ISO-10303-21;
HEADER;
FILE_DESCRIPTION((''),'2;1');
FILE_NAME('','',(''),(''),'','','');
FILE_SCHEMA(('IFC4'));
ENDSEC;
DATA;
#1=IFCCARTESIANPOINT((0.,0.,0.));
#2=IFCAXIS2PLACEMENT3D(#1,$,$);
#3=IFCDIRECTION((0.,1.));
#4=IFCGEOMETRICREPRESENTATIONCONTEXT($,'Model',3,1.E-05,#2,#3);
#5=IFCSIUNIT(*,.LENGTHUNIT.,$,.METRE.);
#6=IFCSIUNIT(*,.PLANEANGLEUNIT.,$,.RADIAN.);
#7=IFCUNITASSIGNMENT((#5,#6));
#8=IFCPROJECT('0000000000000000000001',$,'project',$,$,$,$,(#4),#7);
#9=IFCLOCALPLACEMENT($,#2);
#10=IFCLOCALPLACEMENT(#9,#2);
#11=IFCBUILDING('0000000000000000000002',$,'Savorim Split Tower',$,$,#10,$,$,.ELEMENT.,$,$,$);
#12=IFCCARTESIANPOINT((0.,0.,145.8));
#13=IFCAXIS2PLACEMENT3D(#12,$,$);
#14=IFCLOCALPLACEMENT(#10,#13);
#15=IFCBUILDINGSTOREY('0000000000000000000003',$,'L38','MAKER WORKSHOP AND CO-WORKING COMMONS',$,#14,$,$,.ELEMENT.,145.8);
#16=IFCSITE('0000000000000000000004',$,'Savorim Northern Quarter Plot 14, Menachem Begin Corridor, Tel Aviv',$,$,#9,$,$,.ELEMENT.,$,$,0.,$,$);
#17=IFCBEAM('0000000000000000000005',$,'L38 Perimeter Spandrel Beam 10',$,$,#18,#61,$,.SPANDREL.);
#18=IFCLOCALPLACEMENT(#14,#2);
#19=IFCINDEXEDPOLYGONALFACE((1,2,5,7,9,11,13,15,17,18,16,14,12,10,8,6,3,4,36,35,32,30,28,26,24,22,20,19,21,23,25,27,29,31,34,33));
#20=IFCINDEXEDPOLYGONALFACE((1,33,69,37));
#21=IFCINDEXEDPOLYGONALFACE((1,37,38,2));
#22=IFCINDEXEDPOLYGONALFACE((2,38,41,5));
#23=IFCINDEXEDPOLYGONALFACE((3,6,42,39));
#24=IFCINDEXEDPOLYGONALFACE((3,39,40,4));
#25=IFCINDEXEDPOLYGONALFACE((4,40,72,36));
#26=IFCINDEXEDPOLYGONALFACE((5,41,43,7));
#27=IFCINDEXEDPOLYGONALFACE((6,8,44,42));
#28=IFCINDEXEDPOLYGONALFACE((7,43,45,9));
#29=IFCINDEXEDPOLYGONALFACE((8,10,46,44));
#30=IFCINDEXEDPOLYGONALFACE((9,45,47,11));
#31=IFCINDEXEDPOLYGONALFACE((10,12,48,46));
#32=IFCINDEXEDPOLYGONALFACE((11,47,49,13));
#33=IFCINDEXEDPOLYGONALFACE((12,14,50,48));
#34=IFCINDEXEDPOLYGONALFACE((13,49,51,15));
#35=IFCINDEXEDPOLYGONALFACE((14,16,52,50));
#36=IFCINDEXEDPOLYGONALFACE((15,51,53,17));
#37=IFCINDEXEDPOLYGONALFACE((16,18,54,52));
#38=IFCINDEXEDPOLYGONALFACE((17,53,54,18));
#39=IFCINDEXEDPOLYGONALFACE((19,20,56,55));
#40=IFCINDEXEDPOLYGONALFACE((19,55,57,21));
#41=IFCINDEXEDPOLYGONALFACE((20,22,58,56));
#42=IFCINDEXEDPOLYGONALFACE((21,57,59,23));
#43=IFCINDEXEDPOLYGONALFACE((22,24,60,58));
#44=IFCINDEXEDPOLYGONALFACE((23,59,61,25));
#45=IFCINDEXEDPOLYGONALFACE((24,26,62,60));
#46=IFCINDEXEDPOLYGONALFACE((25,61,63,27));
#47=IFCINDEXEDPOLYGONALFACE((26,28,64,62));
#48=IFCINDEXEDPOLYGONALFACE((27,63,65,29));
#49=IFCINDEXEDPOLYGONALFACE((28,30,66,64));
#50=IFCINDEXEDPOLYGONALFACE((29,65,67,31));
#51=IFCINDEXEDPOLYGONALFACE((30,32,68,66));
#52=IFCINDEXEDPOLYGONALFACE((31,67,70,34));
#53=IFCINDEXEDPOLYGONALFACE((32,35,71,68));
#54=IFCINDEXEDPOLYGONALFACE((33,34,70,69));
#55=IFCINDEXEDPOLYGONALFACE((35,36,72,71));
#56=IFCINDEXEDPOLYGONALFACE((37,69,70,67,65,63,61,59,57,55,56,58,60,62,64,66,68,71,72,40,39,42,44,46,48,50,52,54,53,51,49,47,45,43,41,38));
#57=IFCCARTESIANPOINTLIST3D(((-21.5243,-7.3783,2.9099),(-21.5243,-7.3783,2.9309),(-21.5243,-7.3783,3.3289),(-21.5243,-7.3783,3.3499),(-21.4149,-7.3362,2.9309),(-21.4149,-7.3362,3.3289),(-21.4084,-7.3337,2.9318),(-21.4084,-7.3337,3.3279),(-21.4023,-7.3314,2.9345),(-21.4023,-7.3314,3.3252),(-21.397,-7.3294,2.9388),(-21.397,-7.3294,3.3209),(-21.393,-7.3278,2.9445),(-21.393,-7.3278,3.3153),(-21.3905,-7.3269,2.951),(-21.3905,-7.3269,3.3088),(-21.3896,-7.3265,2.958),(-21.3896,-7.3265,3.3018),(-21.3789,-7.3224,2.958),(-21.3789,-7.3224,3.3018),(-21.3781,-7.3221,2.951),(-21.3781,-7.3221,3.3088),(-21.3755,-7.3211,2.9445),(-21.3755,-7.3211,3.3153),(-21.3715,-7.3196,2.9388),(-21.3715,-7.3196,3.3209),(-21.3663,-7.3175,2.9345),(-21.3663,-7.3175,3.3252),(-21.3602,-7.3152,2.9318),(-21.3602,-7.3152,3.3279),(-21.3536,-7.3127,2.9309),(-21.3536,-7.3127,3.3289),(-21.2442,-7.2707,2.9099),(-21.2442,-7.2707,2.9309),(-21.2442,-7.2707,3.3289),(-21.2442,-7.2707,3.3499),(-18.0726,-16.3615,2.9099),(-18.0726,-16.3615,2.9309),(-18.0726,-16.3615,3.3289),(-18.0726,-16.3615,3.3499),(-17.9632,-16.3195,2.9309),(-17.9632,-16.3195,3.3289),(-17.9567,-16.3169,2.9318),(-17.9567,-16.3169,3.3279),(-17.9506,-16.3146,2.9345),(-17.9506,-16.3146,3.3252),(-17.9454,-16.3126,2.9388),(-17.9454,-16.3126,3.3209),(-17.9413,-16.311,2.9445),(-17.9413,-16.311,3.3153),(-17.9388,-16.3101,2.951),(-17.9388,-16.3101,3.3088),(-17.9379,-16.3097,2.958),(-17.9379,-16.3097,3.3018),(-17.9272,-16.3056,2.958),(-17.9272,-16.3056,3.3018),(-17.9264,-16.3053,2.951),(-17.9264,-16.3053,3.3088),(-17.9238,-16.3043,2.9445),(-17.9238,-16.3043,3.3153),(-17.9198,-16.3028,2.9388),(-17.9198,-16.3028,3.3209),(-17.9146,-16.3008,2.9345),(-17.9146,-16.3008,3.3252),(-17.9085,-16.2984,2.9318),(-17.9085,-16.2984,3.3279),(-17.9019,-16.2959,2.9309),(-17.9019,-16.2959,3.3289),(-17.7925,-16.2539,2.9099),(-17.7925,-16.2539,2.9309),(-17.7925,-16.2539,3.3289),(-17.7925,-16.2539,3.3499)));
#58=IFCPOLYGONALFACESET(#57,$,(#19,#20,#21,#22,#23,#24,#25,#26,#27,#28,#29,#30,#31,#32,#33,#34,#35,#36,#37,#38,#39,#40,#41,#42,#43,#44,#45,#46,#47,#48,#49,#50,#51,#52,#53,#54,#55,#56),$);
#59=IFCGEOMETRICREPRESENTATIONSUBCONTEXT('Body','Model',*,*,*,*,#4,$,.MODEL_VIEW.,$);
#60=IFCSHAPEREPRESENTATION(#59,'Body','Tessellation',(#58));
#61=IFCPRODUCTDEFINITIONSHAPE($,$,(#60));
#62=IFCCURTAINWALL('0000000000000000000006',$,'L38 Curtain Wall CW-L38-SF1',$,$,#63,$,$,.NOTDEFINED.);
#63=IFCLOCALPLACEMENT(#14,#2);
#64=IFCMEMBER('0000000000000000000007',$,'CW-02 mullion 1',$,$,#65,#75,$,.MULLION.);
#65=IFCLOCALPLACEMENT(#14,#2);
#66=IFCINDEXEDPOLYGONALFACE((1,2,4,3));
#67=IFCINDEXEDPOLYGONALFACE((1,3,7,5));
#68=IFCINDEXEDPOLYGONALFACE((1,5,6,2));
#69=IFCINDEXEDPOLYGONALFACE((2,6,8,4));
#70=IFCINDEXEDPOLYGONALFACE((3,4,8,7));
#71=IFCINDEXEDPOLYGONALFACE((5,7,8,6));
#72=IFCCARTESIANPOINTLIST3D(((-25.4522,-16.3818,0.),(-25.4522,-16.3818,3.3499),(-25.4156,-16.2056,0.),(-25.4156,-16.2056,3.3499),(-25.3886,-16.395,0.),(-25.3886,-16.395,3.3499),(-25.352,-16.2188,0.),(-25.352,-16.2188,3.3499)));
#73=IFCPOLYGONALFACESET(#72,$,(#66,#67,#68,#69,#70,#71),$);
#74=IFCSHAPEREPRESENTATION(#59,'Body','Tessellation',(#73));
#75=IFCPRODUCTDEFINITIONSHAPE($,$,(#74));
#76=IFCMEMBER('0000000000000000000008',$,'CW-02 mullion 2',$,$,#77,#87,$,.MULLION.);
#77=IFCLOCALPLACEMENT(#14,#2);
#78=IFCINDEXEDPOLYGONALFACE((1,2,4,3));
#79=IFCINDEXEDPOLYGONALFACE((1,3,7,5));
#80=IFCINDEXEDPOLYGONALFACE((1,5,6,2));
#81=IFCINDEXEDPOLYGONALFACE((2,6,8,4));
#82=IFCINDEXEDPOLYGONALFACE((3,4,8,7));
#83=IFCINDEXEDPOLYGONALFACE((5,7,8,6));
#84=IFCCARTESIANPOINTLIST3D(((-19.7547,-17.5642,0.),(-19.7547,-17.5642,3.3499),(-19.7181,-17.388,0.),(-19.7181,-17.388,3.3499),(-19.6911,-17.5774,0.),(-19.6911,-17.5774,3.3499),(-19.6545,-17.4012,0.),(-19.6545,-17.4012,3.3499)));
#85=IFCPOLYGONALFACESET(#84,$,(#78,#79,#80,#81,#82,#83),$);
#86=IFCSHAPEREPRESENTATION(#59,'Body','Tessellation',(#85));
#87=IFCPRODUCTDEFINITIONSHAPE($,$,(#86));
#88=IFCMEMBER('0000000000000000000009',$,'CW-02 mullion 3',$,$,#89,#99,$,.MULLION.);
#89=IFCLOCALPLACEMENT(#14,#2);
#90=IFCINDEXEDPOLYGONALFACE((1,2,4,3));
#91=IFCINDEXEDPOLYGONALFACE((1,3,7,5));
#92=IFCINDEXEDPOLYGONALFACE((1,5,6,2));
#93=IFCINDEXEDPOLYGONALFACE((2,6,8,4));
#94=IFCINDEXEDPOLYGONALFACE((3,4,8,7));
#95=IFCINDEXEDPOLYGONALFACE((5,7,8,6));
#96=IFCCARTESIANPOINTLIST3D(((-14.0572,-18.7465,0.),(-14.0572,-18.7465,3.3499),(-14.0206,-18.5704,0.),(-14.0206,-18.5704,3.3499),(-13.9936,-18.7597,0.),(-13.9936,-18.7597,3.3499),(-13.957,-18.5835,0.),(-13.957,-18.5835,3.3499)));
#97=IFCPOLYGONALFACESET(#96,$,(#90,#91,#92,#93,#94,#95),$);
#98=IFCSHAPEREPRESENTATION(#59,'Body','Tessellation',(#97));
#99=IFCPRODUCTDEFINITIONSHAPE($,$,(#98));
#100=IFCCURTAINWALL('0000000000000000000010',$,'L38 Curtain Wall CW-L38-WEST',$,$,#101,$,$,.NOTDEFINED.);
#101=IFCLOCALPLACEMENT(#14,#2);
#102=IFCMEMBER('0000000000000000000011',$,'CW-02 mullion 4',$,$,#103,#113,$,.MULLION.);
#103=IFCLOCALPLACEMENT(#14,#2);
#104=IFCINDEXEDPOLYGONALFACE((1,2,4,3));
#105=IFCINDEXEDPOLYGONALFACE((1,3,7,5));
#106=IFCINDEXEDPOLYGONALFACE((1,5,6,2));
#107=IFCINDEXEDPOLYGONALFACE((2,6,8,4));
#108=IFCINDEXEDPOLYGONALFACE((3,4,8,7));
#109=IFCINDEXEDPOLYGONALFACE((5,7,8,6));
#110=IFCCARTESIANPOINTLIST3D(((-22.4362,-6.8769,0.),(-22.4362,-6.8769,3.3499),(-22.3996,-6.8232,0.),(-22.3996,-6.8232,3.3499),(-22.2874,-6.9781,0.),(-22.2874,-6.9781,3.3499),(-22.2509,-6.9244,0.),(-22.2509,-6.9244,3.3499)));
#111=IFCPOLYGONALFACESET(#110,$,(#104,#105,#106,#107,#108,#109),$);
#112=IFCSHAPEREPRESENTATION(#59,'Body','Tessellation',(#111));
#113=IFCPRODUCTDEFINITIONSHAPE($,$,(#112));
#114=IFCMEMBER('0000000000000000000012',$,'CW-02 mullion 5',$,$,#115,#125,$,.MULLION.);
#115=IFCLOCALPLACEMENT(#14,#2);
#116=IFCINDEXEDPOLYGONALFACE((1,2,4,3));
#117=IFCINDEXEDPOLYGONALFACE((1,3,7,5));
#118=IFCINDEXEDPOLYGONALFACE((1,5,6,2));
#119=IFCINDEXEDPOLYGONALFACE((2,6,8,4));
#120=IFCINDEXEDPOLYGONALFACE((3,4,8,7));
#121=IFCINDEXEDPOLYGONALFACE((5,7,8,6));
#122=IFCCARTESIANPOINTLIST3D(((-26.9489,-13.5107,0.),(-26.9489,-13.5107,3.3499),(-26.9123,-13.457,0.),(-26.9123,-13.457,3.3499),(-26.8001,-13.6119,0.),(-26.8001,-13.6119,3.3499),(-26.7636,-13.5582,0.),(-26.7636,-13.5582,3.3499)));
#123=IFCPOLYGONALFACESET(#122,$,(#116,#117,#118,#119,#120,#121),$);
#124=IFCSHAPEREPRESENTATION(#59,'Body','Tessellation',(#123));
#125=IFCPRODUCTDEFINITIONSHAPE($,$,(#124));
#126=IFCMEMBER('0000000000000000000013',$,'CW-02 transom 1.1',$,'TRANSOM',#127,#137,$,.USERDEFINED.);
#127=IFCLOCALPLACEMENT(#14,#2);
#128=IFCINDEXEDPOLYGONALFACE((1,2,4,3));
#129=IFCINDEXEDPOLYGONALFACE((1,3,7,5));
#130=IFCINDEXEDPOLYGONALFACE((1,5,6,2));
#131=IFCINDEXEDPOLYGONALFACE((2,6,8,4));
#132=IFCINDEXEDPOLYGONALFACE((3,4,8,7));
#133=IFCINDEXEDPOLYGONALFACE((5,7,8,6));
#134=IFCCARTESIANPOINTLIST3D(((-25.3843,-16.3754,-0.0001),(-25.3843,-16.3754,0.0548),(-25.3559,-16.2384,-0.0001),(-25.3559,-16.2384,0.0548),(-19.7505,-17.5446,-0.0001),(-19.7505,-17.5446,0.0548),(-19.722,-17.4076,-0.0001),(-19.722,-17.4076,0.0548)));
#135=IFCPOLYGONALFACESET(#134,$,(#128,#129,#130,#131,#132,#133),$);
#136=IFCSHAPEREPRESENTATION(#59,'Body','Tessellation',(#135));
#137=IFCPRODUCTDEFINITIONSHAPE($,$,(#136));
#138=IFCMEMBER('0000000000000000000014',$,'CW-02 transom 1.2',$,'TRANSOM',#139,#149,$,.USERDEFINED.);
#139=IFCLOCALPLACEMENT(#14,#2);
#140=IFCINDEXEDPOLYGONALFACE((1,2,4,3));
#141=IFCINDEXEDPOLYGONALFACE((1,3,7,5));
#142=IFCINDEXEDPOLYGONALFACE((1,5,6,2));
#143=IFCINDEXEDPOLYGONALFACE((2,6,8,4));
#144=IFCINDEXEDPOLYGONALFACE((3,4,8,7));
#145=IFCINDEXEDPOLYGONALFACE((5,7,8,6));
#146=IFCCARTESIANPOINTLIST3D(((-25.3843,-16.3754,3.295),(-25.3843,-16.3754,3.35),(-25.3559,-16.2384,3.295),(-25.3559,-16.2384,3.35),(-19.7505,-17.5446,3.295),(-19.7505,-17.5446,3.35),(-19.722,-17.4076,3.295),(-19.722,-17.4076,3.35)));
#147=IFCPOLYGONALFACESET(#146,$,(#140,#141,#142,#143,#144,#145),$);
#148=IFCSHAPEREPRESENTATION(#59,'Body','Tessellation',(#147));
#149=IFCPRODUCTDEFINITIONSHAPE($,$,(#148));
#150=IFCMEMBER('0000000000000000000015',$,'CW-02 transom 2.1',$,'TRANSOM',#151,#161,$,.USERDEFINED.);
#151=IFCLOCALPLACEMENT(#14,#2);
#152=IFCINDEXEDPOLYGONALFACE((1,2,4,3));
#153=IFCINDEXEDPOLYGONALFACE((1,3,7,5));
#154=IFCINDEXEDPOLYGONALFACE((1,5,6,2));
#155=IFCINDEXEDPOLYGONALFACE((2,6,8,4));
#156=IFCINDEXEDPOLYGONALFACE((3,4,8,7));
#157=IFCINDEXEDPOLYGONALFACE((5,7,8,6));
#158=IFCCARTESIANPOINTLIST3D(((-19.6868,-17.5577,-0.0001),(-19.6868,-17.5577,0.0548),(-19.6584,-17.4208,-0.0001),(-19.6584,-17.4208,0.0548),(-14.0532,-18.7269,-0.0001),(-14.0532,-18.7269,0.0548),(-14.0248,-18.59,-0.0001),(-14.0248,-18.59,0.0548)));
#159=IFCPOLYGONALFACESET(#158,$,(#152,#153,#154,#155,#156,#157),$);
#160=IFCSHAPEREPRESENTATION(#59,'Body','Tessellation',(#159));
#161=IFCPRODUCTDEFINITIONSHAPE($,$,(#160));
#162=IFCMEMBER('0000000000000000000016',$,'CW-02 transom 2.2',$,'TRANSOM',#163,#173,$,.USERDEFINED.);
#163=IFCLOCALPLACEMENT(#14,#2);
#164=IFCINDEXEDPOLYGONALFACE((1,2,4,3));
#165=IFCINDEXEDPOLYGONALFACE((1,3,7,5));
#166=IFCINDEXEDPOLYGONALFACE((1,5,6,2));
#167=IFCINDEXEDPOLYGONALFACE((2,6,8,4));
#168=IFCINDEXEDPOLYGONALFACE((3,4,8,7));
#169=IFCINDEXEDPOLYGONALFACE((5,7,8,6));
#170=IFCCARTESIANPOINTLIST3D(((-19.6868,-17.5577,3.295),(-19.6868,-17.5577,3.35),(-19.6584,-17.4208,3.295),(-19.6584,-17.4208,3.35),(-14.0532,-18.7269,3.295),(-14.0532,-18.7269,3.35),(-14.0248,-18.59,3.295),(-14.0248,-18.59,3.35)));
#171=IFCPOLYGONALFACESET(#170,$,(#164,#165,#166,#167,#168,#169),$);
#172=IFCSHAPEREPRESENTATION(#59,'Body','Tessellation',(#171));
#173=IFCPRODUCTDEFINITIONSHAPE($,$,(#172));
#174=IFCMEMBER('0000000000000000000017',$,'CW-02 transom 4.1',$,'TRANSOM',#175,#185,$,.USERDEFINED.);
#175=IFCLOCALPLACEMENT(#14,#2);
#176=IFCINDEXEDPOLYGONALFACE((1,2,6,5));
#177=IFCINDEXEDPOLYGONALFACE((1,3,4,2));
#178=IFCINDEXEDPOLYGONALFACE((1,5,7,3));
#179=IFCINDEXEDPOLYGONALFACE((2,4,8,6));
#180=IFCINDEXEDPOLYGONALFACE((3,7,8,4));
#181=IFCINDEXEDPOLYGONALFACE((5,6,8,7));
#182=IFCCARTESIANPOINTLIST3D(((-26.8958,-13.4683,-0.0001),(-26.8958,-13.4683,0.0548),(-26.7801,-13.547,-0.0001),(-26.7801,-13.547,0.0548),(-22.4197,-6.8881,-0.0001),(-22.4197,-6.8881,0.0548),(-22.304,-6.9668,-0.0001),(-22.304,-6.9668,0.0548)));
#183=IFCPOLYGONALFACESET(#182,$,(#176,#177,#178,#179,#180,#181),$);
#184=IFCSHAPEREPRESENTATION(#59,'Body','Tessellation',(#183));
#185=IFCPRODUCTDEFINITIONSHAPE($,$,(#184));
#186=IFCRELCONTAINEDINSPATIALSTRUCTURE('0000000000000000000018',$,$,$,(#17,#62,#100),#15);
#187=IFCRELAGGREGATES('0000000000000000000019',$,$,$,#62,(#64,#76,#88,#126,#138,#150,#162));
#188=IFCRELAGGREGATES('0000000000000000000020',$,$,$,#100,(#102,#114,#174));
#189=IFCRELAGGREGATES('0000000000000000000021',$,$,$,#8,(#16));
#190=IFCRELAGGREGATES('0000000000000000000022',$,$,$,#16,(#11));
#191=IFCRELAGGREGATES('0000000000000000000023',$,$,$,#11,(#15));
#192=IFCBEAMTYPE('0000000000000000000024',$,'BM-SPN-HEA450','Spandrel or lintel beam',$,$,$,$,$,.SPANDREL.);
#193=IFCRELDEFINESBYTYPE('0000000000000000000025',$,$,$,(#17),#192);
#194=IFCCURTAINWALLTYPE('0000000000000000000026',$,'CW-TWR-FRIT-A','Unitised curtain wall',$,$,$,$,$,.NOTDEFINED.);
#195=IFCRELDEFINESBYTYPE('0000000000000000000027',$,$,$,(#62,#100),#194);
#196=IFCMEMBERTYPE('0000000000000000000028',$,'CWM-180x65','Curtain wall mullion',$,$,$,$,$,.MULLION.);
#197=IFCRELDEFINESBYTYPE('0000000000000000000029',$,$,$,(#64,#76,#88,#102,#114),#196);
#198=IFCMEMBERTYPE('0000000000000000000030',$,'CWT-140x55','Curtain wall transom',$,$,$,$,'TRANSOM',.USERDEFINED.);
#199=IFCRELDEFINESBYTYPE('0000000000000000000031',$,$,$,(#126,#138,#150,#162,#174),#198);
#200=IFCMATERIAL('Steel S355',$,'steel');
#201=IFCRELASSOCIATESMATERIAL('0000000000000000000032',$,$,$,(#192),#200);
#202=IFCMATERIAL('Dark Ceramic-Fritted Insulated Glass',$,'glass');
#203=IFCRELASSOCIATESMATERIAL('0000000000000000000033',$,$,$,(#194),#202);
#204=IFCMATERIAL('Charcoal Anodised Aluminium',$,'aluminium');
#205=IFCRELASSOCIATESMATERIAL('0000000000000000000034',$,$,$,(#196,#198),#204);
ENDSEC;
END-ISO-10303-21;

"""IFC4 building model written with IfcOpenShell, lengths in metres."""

from ifc_helpers import new_model, si_unit, direction, frame, origin, origin_2d, place, context, subcontext, project, spatial, rectangle, i_section, extrude, material, material_profile, profile_set, type_object, element, aggregate, save


model = new_model("IFC4")

# Units and contexts
model_context = context("Model", 3, precision=1e-05, world=origin(), true_north=direction((0.0, 1.0)))
body_context = subcontext(model_context, "Body", "Model", "MODEL_VIEW")
ifc_project = project(units=[si_unit("LENGTHUNIT", "METRE"), si_unit("PLANEANGLEUNIT", "RADIAN")], contexts=[model_context])

# Site, building, storey
site_placement = place(None, origin())
site = spatial("IfcSite", under=ifc_project, at=site_placement, Name="Savorim Northern Quarter Plot 14, Menachem Begin Corridor, Tel Aviv", CompositionType="ELEMENT", RefElevation=0.0)
building_placement = place(site_placement, origin())
building = spatial("IfcBuilding", under=site, at=building_placement, Name="Savorim Split Tower", CompositionType="ELEMENT")
storey_placement = place(building_placement, frame((0.0, 0.0, 145.8)))
storey = spatial("IfcBuildingStorey", under=building, at=storey_placement, Name="L38", Description="MAKER WORKSHOP AND CO-WORKING COMMONS", CompositionType="ELEMENT", Elevation=145.8)

# Beam
ifc_material_1 = material(Name="Steel S355", Category="steel")
ifc_material_profile_1 = material_profile(ifc_material_1, i_section(OverallWidth=0.3, OverallDepth=0.4399, WebThickness=0.0115, FlangeThickness=0.021, FilletRadius=0.0271, at=origin_2d()), Name="HEA 450")
ifc_profile_set_1 = profile_set([ifc_material_profile_1], Name="Steel S355")
beam_type_1 = type_object("IfcBeamType", Name="BM-SPN-HEA450", Description="Spandrel or lintel beam", PredefinedType="SPANDREL", material=ifc_profile_set_1)
beam_1_placement = place(storey_placement, frame((-21.3843, -7.3245, 3.1299), z_axis=(0.358671, -0.933464, 0.0), x_axis=(0.933464, 0.358671, 0.0)))
element("IfcBeam", 1, at=beam_1_placement, inside=storey, type_object=beam_type_1, Name="L38 Perimeter Spandrel Beam 10", PredefinedType="SPANDREL", context=body_context, shape_type="SweptSolid", body=[
    extrude(i_section(OverallWidth=0.3, OverallDepth=0.4399, WebThickness=0.0115, FlangeThickness=0.021, FilletRadius=0.0271, at=origin_2d()), origin(), (0.0, 0.0, 1.0), 9.6235),
])

# Curtain walls, members
ifc_material_2 = material(Name="Dark Ceramic-Fritted Insulated Glass", Category="glass")
curtain_wall_type = type_object("IfcCurtainWallType", Name="CW-TWR-FRIT-A", Description="Unitised curtain wall", PredefinedType="NOTDEFINED", material=ifc_material_2)
curtain_wall_1_placement = place(storey_placement, origin())
curtain_wall_1 = element("IfcCurtainWall", 2, at=curtain_wall_1_placement, inside=storey, type_object=curtain_wall_type, Name="L38 Curtain Wall CW-L38-SF1", PredefinedType="NOTDEFINED")
ifc_material_3 = material(Name="Charcoal Anodised Aluminium", Category="aluminium")
ifc_material_profile_2 = material_profile(ifc_material_3, rectangle(XDim=0.1799, YDim=0.0649, at=origin_2d()), Name="ALU-M 180x65")
ifc_profile_set_2 = profile_set([ifc_material_profile_2], Name="Charcoal Anodised Aluminium")
member_type_1 = type_object("IfcMemberType", Name="CWM-180x65", Description="Curtain wall mullion", PredefinedType="MULLION", material=ifc_profile_set_2)
member_1_placement = place(storey_placement, frame((-25.4021, -16.3003, 0.0), z_axis=(0.0, 0.0, 1.0), x_axis=(0.20321, 0.979135, 0.0)))
member_1 = element("IfcMember", 3, at=member_1_placement, type_object=member_type_1, Name="CW-02 mullion 1", PredefinedType="MULLION", context=body_context, shape_type="SweptSolid", body=[
    extrude(rectangle(XDim=0.1799, YDim=0.0649, at=origin_2d()), origin(), (0.0, 0.0, 1.0), 3.3499),
])
member_2_placement = place(storey_placement, frame((-19.7046, -17.4827, 0.0), z_axis=(0.0, 0.0, 1.0), x_axis=(0.20321, 0.979135, 0.0)))
member_2 = element("IfcMember", 4, at=member_2_placement, type_object=member_type_1, Name="CW-02 mullion 2", PredefinedType="MULLION", context=body_context, shape_type="SweptSolid", body=[
    extrude(rectangle(XDim=0.1799, YDim=0.0649, at=origin_2d()), origin(), (0.0, 0.0, 1.0), 3.3499),
])
member_3_placement = place(storey_placement, frame((-14.0071, -18.665, 0.0), z_axis=(0.0, 0.0, 1.0), x_axis=(0.20321, 0.979135, 0.0)))
member_3 = element("IfcMember", 5, at=member_3_placement, type_object=member_type_1, Name="CW-02 mullion 3", PredefinedType="MULLION", context=body_context, shape_type="SweptSolid", body=[
    extrude(rectangle(XDim=0.1799, YDim=0.0649, at=origin_2d()), origin(), (0.0, 0.0, 1.0), 3.3499),
])
curtain_wall_2_placement = place(storey_placement, origin())
curtain_wall_2 = element("IfcCurtainWall", 6, at=curtain_wall_2_placement, inside=storey, type_object=curtain_wall_type, Name="L38 Curtain Wall CW-L38-WEST", PredefinedType="NOTDEFINED")
member_4_placement = place(storey_placement, frame((-22.3435, -6.9006, 0.0), z_axis=(0.0, 0.0, 1.0), x_axis=(0.82682, -0.562466, 0.0)))
member_4 = element("IfcMember", 7, at=member_4_placement, type_object=member_type_1, Name="CW-02 mullion 4", PredefinedType="MULLION", context=body_context, shape_type="SweptSolid", body=[
    extrude(rectangle(XDim=0.1799, YDim=0.0649, at=origin_2d()), origin(), (0.0, 0.0, 1.0), 3.3499),
])
member_5_placement = place(storey_placement, frame((-26.8562, -13.5344, 0.0), z_axis=(0.0, 0.0, 1.0), x_axis=(0.82682, -0.562466, 0.0)))
member_5 = element("IfcMember", 8, at=member_5_placement, type_object=member_type_1, Name="CW-02 mullion 5", PredefinedType="MULLION", context=body_context, shape_type="SweptSolid", body=[
    extrude(rectangle(XDim=0.1799, YDim=0.0649, at=origin_2d()), origin(), (0.0, 0.0, 1.0), 3.3499),
])

# Members
ifc_material_profile_3 = material_profile(ifc_material_3, rectangle(XDim=0.1399, YDim=0.0549, at=origin_2d()), Name="ALU-T 140x55")
ifc_profile_set_3 = profile_set([ifc_material_profile_3], Name="Charcoal Anodised Aluminium")
member_type_2 = type_object("IfcMemberType", Name="CWT-140x55", Description="Curtain wall transom", ElementType="TRANSOM", PredefinedType="USERDEFINED", material=ifc_profile_set_3)
member_6_placement = place(storey_placement, frame((-25.3701, -16.3069, 0.0273), z_axis=(0.979137, -0.203202, 0.0), x_axis=(0.203202, 0.979137, 0.0)))
member_6 = element("IfcMember", 9, at=member_6_placement, type_object=member_type_2, Name="CW-02 transom 1.1", ObjectType="TRANSOM", PredefinedType="USERDEFINED", context=body_context, shape_type="SweptSolid", body=[
    extrude(rectangle(XDim=0.1399, YDim=0.0549, at=origin_2d()), origin(), (0.0, 0.0, 1.0), 5.7539),
])
member_7_placement = place(storey_placement, frame((-25.3701, -16.3069, 3.3225), z_axis=(0.979137, -0.203202, 0.0), x_axis=(0.203202, 0.979137, 0.0)))
member_7 = element("IfcMember", 10, at=member_7_placement, type_object=member_type_2, Name="CW-02 transom 1.2", ObjectType="TRANSOM", PredefinedType="USERDEFINED", context=body_context, shape_type="SweptSolid", body=[
    extrude(rectangle(XDim=0.1399, YDim=0.0549, at=origin_2d()), origin(), (0.0, 0.0, 1.0), 5.7539),
])
member_8_placement = place(storey_placement, frame((-19.6726, -17.4893, 0.0273), z_axis=(0.979135, -0.20321, 0.0), x_axis=(0.20321, 0.979135, 0.0)))
member_8 = element("IfcMember", 11, at=member_8_placement, type_object=member_type_2, Name="CW-02 transom 2.1", ObjectType="TRANSOM", PredefinedType="USERDEFINED", context=body_context, shape_type="SweptSolid", body=[
    extrude(rectangle(XDim=0.1399, YDim=0.0549, at=origin_2d()), origin(), (0.0, 0.0, 1.0), 5.7537),
])
member_9_placement = place(storey_placement, frame((-19.6726, -17.4893, 3.3225), z_axis=(0.979135, -0.20321, 0.0), x_axis=(0.20321, 0.979135, 0.0)))
member_9 = element("IfcMember", 12, at=member_9_placement, type_object=member_type_2, Name="CW-02 transom 2.2", ObjectType="TRANSOM", PredefinedType="USERDEFINED", context=body_context, shape_type="SweptSolid", body=[
    extrude(rectangle(XDim=0.1399, YDim=0.0549, at=origin_2d()), origin(), (0.0, 0.0, 1.0), 5.7537),
])
member_10_placement = place(storey_placement, frame((-22.3618, -6.9275, 0.0273), z_axis=(-0.562449, -0.826832, 0.0), x_axis=(0.826832, -0.562449, 0.0)))
member_10 = element("IfcMember", 13, at=member_10_placement, type_object=member_type_2, Name="CW-02 transom 4.1", ObjectType="TRANSOM", PredefinedType="USERDEFINED", context=body_context, shape_type="SweptSolid", body=[
    extrude(rectangle(XDim=0.1399, YDim=0.0549, at=origin_2d()), origin(), (0.0, 0.0, 1.0), 7.9583),
])

aggregate(curtain_wall_1, [member_1, member_2, member_3, member_6, member_7, member_8, member_9])
aggregate(curtain_wall_2, [member_4, member_5, member_10])

save(model, "model.ifc")
